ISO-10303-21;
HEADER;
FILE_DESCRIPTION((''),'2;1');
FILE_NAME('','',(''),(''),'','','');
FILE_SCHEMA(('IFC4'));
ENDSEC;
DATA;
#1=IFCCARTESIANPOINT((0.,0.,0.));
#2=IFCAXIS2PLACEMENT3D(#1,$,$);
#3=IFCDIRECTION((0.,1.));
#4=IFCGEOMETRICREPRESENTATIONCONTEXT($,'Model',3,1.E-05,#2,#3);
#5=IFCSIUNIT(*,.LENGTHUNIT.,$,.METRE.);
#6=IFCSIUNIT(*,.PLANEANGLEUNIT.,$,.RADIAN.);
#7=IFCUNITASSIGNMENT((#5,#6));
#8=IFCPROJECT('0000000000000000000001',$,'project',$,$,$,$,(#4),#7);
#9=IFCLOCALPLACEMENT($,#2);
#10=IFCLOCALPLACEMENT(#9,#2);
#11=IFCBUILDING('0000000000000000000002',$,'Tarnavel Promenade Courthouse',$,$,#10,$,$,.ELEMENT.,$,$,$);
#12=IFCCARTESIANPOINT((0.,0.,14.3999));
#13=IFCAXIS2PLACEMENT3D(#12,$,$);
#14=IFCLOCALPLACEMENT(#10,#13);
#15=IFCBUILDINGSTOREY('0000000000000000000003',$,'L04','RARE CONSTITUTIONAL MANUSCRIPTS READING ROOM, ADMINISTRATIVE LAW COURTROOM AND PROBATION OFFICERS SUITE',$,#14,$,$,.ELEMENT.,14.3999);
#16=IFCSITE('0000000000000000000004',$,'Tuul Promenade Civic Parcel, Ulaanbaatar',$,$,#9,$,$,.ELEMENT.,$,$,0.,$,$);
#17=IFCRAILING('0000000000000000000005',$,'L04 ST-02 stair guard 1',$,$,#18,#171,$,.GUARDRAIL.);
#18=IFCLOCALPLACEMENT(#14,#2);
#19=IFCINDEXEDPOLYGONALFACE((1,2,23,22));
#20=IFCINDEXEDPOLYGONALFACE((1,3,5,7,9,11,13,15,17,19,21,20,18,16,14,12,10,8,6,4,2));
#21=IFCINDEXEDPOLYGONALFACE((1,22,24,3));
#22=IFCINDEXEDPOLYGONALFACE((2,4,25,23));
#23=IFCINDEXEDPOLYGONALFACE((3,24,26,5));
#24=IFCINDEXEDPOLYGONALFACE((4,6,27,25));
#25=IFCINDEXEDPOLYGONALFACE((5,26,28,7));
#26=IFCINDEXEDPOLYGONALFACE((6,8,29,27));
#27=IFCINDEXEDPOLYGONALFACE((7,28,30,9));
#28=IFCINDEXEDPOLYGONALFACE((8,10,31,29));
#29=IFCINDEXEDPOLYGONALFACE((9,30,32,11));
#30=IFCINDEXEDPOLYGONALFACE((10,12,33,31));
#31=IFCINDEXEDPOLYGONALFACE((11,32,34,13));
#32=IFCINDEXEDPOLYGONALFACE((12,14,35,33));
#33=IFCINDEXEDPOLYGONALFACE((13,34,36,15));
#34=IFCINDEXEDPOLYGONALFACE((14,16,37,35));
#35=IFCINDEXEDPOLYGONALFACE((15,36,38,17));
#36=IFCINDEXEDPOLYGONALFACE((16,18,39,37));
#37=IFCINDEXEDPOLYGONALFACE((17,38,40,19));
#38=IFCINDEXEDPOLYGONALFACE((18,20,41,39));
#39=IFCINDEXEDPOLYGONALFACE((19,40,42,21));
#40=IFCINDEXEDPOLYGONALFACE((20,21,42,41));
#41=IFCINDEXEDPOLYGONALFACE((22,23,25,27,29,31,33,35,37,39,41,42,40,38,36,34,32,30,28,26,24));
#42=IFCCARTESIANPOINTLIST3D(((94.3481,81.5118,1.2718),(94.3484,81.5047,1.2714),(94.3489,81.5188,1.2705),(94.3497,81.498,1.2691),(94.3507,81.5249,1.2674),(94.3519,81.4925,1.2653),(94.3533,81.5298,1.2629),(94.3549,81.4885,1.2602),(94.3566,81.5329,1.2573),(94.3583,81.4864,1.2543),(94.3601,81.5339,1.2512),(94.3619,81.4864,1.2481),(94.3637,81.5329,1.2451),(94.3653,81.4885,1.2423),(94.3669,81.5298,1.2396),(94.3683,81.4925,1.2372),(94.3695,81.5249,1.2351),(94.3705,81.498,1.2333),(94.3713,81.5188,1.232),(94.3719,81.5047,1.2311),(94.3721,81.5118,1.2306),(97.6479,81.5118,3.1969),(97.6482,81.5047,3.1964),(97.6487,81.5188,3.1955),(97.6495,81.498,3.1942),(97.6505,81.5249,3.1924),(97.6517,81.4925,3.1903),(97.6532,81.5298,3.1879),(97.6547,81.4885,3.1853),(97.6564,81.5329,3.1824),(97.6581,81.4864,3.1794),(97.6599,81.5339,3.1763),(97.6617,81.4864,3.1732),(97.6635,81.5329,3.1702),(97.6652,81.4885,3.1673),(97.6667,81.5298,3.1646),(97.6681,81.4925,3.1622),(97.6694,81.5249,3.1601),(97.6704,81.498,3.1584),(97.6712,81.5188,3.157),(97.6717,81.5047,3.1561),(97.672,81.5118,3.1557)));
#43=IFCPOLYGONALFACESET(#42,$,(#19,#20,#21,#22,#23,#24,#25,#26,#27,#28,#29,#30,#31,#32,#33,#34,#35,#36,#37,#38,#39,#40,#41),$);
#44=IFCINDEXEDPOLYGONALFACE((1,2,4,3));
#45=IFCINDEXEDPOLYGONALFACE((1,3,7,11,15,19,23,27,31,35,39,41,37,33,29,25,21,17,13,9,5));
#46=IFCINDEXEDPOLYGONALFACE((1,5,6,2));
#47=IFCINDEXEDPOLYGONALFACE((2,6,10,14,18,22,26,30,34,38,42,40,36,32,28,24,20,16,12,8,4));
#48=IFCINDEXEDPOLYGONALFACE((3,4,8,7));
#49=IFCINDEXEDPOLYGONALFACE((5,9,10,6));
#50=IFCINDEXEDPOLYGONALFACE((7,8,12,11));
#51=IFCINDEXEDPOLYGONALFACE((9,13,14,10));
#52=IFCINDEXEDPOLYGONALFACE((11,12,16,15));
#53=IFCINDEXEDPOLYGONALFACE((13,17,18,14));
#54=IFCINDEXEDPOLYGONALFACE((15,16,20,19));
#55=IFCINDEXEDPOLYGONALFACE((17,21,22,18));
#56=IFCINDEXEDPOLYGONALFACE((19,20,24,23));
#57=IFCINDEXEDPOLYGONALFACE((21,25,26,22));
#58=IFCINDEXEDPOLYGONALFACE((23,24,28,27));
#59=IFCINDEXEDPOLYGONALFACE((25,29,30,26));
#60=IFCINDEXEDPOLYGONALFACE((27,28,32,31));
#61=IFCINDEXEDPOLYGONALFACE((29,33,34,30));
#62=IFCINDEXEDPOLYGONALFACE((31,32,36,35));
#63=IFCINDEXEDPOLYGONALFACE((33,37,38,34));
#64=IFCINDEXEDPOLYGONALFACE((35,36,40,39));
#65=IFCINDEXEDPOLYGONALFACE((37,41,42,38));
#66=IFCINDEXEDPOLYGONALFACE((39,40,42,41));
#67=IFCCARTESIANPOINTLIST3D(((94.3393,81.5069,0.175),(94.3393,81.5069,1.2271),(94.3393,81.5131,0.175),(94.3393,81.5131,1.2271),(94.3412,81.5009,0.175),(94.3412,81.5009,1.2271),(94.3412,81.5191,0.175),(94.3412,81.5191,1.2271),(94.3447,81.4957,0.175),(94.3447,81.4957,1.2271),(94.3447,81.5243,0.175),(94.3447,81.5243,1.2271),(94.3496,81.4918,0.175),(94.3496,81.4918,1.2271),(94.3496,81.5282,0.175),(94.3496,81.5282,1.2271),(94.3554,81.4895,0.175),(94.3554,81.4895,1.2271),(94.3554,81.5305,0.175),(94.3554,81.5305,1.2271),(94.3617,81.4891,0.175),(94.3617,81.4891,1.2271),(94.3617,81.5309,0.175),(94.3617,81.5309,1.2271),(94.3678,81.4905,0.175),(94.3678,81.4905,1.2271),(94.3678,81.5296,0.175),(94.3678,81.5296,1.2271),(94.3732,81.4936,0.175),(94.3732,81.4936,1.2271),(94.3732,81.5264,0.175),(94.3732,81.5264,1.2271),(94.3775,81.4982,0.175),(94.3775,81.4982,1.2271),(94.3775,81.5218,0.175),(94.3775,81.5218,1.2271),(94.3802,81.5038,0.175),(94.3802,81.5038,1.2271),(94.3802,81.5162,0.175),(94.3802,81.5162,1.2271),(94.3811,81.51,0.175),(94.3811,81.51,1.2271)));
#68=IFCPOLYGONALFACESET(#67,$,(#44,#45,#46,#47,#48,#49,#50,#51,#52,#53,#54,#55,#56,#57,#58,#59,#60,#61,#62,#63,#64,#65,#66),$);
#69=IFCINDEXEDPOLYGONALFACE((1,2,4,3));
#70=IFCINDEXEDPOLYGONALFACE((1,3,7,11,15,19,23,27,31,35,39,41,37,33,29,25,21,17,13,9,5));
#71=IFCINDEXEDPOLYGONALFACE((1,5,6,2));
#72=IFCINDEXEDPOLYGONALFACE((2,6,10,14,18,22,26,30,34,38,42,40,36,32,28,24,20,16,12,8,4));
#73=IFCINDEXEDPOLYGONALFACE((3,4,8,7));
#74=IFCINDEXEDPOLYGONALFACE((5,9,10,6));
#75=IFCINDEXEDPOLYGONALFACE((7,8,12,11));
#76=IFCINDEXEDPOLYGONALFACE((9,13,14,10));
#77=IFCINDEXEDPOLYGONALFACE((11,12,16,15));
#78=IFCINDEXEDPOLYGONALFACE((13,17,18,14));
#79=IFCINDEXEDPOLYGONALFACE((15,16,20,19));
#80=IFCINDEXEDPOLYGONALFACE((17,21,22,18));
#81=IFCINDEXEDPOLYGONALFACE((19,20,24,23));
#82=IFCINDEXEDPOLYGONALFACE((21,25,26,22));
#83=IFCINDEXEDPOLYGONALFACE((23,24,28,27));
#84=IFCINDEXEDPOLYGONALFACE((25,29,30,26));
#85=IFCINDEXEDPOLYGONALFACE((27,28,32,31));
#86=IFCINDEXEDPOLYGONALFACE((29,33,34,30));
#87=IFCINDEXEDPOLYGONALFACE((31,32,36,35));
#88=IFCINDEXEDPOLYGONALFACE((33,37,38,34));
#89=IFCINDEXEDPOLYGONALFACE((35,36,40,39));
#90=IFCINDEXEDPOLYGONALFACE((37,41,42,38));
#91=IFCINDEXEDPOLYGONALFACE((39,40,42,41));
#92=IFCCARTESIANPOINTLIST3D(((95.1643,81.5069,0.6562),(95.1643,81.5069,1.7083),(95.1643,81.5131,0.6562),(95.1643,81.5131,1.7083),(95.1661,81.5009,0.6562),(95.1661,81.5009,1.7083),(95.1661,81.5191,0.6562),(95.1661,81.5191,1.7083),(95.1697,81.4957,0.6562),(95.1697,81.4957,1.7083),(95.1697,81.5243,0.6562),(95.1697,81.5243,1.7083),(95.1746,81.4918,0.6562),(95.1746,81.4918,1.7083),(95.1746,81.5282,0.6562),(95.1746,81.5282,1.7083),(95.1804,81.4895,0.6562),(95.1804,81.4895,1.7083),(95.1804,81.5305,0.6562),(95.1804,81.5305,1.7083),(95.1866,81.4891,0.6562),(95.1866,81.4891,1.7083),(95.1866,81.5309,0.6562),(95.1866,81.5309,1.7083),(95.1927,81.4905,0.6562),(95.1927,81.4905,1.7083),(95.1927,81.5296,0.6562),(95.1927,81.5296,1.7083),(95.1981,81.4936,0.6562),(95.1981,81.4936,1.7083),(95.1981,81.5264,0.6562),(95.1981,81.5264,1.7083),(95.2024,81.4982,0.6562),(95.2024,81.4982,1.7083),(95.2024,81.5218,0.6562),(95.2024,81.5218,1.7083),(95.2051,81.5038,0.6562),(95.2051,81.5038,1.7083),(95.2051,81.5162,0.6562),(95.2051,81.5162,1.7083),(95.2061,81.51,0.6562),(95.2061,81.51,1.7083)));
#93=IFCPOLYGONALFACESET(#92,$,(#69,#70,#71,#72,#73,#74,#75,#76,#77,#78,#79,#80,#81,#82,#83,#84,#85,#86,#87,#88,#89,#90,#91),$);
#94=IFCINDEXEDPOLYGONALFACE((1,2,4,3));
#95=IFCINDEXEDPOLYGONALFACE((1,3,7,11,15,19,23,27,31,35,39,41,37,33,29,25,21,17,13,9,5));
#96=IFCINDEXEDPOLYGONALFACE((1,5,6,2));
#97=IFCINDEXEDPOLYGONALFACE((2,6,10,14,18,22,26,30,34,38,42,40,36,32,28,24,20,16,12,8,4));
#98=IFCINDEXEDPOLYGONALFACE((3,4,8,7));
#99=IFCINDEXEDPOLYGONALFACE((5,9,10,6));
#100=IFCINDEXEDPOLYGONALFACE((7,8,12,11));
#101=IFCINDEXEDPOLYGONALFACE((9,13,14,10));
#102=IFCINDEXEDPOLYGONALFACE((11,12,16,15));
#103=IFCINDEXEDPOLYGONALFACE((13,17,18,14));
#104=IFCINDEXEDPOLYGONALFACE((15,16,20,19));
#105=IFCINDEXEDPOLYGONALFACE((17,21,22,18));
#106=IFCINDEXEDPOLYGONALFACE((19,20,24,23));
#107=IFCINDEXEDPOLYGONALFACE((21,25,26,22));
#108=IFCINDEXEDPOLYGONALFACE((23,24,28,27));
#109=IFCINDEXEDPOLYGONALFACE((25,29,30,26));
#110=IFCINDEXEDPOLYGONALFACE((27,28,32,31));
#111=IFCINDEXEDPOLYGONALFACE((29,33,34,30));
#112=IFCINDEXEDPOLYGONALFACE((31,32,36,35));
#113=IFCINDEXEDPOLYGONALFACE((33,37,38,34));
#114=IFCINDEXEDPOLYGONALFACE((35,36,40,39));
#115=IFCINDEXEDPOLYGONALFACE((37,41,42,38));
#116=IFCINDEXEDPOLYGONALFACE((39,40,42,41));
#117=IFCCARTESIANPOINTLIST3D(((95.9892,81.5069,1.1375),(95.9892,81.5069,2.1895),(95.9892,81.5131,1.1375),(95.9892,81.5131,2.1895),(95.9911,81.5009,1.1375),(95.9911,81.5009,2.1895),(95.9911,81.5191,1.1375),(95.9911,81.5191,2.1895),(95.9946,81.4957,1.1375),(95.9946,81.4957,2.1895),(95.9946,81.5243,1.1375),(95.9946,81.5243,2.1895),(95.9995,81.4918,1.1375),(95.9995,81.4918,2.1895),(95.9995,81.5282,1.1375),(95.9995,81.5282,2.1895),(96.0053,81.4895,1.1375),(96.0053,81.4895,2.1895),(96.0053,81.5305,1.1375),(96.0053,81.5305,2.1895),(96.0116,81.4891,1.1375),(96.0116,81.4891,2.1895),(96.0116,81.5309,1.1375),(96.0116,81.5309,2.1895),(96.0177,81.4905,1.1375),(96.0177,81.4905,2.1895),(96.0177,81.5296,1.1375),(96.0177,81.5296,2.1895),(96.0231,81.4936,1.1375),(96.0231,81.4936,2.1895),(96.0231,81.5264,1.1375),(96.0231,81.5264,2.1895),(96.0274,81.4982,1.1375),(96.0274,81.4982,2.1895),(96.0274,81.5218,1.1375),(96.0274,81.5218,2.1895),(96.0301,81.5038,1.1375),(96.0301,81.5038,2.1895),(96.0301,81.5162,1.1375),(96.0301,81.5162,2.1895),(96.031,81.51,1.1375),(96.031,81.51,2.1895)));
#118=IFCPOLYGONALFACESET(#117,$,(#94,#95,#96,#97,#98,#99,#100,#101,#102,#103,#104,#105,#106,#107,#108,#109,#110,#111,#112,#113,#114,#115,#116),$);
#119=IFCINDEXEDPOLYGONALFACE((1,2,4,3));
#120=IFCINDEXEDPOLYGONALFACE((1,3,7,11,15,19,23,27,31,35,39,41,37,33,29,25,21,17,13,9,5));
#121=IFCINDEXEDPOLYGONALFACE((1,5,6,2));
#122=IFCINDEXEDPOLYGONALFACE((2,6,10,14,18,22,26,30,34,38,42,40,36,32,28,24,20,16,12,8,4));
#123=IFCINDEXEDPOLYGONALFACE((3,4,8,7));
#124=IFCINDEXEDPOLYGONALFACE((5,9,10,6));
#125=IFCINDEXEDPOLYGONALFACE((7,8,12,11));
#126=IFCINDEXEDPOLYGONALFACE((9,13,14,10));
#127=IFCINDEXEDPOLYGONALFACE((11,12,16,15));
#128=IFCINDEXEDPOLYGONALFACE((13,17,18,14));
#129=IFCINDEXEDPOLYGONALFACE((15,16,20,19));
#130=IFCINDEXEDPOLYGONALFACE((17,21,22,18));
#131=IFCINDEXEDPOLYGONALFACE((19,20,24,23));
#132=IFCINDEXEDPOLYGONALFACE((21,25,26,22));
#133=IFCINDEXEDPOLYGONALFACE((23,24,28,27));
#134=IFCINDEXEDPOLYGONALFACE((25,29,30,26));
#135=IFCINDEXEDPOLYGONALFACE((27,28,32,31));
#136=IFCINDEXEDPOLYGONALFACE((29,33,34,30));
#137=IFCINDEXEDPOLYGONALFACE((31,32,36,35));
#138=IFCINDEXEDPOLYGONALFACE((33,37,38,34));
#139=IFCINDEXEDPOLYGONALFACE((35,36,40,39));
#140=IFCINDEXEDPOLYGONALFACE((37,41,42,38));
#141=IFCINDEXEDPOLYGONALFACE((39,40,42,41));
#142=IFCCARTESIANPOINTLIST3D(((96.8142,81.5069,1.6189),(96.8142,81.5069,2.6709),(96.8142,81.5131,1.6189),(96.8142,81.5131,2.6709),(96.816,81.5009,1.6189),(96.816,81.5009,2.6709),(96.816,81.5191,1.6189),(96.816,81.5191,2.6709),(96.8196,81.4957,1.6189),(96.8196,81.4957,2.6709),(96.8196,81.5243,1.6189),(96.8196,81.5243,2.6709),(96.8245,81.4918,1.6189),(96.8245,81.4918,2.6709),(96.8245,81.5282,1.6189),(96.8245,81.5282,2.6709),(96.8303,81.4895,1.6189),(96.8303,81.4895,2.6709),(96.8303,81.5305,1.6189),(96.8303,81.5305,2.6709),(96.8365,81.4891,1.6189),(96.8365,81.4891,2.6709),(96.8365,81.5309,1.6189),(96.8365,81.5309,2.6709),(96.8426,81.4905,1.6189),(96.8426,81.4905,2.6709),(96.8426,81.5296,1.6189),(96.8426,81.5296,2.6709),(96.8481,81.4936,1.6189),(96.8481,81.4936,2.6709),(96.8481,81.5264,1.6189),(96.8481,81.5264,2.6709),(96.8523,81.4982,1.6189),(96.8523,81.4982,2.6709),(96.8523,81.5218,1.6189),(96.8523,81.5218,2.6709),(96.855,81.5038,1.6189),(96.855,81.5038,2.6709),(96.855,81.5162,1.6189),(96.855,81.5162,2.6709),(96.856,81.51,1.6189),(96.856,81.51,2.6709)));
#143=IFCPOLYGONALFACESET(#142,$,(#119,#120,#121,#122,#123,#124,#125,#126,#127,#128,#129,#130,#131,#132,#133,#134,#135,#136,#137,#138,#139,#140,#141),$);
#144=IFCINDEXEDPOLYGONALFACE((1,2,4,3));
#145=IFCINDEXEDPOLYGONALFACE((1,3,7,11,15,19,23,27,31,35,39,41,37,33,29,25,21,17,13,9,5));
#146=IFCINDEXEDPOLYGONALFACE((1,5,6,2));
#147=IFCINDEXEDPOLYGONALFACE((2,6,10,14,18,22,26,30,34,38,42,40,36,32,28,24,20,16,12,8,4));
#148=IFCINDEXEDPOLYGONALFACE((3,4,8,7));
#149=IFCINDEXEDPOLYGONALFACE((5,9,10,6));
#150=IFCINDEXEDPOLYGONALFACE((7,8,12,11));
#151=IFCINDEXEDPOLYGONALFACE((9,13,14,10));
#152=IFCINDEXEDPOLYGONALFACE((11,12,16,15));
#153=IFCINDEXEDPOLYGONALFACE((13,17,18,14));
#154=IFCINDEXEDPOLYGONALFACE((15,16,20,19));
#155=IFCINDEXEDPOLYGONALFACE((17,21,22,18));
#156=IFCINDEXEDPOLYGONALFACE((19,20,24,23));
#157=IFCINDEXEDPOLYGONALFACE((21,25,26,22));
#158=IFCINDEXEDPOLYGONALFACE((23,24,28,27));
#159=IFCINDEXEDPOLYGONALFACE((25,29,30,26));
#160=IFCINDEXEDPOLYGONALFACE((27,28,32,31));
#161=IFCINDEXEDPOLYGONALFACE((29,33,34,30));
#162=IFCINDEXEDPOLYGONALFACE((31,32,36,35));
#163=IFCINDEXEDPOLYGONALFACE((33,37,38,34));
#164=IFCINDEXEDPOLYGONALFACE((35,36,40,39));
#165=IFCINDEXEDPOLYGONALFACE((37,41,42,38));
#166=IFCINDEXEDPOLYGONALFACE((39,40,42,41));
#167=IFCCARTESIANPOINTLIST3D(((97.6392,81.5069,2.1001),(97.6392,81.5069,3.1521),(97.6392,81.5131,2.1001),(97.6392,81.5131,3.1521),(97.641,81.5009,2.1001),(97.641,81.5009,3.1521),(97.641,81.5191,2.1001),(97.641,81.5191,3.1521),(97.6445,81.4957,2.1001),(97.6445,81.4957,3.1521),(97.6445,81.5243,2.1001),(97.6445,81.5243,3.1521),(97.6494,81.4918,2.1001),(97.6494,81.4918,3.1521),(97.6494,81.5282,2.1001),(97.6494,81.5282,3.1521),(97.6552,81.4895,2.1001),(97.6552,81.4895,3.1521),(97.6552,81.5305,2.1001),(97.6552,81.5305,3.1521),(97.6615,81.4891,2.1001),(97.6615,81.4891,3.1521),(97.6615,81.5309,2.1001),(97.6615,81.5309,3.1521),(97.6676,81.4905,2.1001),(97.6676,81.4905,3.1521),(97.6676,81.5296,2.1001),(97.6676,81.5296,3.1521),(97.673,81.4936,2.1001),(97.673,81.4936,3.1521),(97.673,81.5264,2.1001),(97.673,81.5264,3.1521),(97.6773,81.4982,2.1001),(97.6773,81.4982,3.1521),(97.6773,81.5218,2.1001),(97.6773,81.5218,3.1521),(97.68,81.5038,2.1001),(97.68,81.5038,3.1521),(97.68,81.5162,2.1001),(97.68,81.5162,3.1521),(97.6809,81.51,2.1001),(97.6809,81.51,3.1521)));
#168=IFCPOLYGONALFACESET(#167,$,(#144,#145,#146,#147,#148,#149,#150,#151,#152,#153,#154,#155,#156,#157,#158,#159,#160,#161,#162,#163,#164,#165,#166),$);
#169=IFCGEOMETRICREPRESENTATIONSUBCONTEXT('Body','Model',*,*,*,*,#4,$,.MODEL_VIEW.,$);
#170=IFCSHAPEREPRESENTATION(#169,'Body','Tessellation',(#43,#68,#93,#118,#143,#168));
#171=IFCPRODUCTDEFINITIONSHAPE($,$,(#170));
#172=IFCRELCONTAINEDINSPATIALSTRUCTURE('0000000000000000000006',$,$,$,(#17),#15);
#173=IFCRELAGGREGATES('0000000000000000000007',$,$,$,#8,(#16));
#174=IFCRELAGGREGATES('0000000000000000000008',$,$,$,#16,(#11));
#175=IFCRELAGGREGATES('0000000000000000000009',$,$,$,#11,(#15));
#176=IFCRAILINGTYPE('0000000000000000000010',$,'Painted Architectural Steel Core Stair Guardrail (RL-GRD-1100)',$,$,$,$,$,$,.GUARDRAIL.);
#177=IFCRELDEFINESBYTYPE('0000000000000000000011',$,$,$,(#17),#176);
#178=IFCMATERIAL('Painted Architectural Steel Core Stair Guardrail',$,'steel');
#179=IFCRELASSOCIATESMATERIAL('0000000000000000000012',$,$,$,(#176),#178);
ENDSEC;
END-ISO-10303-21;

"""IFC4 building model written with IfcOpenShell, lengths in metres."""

from ifc_helpers import new_model, si_unit, direction, frame, origin, origin_2d, place, context, subcontext, project, spatial, circle, extrude, material, type_object, element, save


model = new_model("IFC4")

# Units and contexts
model_context = context("Model", 3, precision=1e-05, world=origin(), true_north=direction((0.0, 1.0)))
body_context = subcontext(model_context, "Body", "Model", "MODEL_VIEW")
ifc_project = project(units=[si_unit("LENGTHUNIT", "METRE"), si_unit("PLANEANGLEUNIT", "RADIAN")], contexts=[model_context])

# Site, building, storey
site_placement = place(None, origin())
site = spatial("IfcSite", under=ifc_project, at=site_placement, Name="Tuul Promenade Civic Parcel, Ulaanbaatar", CompositionType="ELEMENT", RefElevation=0.0)
building_placement = place(site_placement, origin())
building = spatial("IfcBuilding", under=site, at=building_placement, Name="Tarnavel Promenade Courthouse", CompositionType="ELEMENT")
storey_placement = place(building_placement, frame((0.0, 0.0, 14.3999)))
storey = spatial("IfcBuildingStorey", under=building, at=storey_placement, Name="L04", Description="RARE CONSTITUTIONAL MANUSCRIPTS READING ROOM, ADMINISTRATIVE LAW COURTROOM AND PROBATION OFFICERS SUITE", CompositionType="ELEMENT", Elevation=14.3999)

# Railing
ifc_material_1 = material(Name="Painted Architectural Steel Core Stair Guardrail", Category="steel")
railing_type_1 = type_object("IfcRailingType", Name="Painted Architectural Steel Core Stair Guardrail (RL-GRD-1100)", PredefinedType="GUARDRAIL", material=ifc_material_1)
railing_1_placement = place(storey_placement, frame((94.3601, 81.51, 0.175)))
element("IfcRailing", 1, at=railing_1_placement, inside=storey, type_object=railing_type_1, Name="L04 ST-02 stair guard 1", PredefinedType="GUARDRAIL", context=body_context, shape_type="SweptSolid", body=[
    extrude(circle(Radius=0.0239, at=origin_2d()), frame((0.0, 0.0, 1.0762), z_axis=(0.86376, 0.0, 0.503903), x_axis=(0.0, 1.0, 0.0)), (0.0, 0.0, 1.0), 3.8203),
    extrude(circle(Radius=0.021, at=origin_2d()), origin(), (0.0, 0.0, 1.0), 1.052),
    extrude(circle(Radius=0.021, at=origin_2d()), frame((0.825, 0.0, 0.4812)), (0.0, 0.0, 1.0), 1.052),
    extrude(circle(Radius=0.021, at=origin_2d()), frame((1.6499, 0.0, 0.9624)), (0.0, 0.0, 1.0), 1.052),
    extrude(circle(Radius=0.021, at=origin_2d()), frame((2.4749, 0.0, 1.4438)), (0.0, 0.0, 1.0), 1.052),
    extrude(circle(Radius=0.021, at=origin_2d()), frame((3.2998, 0.0, 1.925)), (0.0, 0.0, 1.0), 1.052),
])

save(model, "model.ifc")
